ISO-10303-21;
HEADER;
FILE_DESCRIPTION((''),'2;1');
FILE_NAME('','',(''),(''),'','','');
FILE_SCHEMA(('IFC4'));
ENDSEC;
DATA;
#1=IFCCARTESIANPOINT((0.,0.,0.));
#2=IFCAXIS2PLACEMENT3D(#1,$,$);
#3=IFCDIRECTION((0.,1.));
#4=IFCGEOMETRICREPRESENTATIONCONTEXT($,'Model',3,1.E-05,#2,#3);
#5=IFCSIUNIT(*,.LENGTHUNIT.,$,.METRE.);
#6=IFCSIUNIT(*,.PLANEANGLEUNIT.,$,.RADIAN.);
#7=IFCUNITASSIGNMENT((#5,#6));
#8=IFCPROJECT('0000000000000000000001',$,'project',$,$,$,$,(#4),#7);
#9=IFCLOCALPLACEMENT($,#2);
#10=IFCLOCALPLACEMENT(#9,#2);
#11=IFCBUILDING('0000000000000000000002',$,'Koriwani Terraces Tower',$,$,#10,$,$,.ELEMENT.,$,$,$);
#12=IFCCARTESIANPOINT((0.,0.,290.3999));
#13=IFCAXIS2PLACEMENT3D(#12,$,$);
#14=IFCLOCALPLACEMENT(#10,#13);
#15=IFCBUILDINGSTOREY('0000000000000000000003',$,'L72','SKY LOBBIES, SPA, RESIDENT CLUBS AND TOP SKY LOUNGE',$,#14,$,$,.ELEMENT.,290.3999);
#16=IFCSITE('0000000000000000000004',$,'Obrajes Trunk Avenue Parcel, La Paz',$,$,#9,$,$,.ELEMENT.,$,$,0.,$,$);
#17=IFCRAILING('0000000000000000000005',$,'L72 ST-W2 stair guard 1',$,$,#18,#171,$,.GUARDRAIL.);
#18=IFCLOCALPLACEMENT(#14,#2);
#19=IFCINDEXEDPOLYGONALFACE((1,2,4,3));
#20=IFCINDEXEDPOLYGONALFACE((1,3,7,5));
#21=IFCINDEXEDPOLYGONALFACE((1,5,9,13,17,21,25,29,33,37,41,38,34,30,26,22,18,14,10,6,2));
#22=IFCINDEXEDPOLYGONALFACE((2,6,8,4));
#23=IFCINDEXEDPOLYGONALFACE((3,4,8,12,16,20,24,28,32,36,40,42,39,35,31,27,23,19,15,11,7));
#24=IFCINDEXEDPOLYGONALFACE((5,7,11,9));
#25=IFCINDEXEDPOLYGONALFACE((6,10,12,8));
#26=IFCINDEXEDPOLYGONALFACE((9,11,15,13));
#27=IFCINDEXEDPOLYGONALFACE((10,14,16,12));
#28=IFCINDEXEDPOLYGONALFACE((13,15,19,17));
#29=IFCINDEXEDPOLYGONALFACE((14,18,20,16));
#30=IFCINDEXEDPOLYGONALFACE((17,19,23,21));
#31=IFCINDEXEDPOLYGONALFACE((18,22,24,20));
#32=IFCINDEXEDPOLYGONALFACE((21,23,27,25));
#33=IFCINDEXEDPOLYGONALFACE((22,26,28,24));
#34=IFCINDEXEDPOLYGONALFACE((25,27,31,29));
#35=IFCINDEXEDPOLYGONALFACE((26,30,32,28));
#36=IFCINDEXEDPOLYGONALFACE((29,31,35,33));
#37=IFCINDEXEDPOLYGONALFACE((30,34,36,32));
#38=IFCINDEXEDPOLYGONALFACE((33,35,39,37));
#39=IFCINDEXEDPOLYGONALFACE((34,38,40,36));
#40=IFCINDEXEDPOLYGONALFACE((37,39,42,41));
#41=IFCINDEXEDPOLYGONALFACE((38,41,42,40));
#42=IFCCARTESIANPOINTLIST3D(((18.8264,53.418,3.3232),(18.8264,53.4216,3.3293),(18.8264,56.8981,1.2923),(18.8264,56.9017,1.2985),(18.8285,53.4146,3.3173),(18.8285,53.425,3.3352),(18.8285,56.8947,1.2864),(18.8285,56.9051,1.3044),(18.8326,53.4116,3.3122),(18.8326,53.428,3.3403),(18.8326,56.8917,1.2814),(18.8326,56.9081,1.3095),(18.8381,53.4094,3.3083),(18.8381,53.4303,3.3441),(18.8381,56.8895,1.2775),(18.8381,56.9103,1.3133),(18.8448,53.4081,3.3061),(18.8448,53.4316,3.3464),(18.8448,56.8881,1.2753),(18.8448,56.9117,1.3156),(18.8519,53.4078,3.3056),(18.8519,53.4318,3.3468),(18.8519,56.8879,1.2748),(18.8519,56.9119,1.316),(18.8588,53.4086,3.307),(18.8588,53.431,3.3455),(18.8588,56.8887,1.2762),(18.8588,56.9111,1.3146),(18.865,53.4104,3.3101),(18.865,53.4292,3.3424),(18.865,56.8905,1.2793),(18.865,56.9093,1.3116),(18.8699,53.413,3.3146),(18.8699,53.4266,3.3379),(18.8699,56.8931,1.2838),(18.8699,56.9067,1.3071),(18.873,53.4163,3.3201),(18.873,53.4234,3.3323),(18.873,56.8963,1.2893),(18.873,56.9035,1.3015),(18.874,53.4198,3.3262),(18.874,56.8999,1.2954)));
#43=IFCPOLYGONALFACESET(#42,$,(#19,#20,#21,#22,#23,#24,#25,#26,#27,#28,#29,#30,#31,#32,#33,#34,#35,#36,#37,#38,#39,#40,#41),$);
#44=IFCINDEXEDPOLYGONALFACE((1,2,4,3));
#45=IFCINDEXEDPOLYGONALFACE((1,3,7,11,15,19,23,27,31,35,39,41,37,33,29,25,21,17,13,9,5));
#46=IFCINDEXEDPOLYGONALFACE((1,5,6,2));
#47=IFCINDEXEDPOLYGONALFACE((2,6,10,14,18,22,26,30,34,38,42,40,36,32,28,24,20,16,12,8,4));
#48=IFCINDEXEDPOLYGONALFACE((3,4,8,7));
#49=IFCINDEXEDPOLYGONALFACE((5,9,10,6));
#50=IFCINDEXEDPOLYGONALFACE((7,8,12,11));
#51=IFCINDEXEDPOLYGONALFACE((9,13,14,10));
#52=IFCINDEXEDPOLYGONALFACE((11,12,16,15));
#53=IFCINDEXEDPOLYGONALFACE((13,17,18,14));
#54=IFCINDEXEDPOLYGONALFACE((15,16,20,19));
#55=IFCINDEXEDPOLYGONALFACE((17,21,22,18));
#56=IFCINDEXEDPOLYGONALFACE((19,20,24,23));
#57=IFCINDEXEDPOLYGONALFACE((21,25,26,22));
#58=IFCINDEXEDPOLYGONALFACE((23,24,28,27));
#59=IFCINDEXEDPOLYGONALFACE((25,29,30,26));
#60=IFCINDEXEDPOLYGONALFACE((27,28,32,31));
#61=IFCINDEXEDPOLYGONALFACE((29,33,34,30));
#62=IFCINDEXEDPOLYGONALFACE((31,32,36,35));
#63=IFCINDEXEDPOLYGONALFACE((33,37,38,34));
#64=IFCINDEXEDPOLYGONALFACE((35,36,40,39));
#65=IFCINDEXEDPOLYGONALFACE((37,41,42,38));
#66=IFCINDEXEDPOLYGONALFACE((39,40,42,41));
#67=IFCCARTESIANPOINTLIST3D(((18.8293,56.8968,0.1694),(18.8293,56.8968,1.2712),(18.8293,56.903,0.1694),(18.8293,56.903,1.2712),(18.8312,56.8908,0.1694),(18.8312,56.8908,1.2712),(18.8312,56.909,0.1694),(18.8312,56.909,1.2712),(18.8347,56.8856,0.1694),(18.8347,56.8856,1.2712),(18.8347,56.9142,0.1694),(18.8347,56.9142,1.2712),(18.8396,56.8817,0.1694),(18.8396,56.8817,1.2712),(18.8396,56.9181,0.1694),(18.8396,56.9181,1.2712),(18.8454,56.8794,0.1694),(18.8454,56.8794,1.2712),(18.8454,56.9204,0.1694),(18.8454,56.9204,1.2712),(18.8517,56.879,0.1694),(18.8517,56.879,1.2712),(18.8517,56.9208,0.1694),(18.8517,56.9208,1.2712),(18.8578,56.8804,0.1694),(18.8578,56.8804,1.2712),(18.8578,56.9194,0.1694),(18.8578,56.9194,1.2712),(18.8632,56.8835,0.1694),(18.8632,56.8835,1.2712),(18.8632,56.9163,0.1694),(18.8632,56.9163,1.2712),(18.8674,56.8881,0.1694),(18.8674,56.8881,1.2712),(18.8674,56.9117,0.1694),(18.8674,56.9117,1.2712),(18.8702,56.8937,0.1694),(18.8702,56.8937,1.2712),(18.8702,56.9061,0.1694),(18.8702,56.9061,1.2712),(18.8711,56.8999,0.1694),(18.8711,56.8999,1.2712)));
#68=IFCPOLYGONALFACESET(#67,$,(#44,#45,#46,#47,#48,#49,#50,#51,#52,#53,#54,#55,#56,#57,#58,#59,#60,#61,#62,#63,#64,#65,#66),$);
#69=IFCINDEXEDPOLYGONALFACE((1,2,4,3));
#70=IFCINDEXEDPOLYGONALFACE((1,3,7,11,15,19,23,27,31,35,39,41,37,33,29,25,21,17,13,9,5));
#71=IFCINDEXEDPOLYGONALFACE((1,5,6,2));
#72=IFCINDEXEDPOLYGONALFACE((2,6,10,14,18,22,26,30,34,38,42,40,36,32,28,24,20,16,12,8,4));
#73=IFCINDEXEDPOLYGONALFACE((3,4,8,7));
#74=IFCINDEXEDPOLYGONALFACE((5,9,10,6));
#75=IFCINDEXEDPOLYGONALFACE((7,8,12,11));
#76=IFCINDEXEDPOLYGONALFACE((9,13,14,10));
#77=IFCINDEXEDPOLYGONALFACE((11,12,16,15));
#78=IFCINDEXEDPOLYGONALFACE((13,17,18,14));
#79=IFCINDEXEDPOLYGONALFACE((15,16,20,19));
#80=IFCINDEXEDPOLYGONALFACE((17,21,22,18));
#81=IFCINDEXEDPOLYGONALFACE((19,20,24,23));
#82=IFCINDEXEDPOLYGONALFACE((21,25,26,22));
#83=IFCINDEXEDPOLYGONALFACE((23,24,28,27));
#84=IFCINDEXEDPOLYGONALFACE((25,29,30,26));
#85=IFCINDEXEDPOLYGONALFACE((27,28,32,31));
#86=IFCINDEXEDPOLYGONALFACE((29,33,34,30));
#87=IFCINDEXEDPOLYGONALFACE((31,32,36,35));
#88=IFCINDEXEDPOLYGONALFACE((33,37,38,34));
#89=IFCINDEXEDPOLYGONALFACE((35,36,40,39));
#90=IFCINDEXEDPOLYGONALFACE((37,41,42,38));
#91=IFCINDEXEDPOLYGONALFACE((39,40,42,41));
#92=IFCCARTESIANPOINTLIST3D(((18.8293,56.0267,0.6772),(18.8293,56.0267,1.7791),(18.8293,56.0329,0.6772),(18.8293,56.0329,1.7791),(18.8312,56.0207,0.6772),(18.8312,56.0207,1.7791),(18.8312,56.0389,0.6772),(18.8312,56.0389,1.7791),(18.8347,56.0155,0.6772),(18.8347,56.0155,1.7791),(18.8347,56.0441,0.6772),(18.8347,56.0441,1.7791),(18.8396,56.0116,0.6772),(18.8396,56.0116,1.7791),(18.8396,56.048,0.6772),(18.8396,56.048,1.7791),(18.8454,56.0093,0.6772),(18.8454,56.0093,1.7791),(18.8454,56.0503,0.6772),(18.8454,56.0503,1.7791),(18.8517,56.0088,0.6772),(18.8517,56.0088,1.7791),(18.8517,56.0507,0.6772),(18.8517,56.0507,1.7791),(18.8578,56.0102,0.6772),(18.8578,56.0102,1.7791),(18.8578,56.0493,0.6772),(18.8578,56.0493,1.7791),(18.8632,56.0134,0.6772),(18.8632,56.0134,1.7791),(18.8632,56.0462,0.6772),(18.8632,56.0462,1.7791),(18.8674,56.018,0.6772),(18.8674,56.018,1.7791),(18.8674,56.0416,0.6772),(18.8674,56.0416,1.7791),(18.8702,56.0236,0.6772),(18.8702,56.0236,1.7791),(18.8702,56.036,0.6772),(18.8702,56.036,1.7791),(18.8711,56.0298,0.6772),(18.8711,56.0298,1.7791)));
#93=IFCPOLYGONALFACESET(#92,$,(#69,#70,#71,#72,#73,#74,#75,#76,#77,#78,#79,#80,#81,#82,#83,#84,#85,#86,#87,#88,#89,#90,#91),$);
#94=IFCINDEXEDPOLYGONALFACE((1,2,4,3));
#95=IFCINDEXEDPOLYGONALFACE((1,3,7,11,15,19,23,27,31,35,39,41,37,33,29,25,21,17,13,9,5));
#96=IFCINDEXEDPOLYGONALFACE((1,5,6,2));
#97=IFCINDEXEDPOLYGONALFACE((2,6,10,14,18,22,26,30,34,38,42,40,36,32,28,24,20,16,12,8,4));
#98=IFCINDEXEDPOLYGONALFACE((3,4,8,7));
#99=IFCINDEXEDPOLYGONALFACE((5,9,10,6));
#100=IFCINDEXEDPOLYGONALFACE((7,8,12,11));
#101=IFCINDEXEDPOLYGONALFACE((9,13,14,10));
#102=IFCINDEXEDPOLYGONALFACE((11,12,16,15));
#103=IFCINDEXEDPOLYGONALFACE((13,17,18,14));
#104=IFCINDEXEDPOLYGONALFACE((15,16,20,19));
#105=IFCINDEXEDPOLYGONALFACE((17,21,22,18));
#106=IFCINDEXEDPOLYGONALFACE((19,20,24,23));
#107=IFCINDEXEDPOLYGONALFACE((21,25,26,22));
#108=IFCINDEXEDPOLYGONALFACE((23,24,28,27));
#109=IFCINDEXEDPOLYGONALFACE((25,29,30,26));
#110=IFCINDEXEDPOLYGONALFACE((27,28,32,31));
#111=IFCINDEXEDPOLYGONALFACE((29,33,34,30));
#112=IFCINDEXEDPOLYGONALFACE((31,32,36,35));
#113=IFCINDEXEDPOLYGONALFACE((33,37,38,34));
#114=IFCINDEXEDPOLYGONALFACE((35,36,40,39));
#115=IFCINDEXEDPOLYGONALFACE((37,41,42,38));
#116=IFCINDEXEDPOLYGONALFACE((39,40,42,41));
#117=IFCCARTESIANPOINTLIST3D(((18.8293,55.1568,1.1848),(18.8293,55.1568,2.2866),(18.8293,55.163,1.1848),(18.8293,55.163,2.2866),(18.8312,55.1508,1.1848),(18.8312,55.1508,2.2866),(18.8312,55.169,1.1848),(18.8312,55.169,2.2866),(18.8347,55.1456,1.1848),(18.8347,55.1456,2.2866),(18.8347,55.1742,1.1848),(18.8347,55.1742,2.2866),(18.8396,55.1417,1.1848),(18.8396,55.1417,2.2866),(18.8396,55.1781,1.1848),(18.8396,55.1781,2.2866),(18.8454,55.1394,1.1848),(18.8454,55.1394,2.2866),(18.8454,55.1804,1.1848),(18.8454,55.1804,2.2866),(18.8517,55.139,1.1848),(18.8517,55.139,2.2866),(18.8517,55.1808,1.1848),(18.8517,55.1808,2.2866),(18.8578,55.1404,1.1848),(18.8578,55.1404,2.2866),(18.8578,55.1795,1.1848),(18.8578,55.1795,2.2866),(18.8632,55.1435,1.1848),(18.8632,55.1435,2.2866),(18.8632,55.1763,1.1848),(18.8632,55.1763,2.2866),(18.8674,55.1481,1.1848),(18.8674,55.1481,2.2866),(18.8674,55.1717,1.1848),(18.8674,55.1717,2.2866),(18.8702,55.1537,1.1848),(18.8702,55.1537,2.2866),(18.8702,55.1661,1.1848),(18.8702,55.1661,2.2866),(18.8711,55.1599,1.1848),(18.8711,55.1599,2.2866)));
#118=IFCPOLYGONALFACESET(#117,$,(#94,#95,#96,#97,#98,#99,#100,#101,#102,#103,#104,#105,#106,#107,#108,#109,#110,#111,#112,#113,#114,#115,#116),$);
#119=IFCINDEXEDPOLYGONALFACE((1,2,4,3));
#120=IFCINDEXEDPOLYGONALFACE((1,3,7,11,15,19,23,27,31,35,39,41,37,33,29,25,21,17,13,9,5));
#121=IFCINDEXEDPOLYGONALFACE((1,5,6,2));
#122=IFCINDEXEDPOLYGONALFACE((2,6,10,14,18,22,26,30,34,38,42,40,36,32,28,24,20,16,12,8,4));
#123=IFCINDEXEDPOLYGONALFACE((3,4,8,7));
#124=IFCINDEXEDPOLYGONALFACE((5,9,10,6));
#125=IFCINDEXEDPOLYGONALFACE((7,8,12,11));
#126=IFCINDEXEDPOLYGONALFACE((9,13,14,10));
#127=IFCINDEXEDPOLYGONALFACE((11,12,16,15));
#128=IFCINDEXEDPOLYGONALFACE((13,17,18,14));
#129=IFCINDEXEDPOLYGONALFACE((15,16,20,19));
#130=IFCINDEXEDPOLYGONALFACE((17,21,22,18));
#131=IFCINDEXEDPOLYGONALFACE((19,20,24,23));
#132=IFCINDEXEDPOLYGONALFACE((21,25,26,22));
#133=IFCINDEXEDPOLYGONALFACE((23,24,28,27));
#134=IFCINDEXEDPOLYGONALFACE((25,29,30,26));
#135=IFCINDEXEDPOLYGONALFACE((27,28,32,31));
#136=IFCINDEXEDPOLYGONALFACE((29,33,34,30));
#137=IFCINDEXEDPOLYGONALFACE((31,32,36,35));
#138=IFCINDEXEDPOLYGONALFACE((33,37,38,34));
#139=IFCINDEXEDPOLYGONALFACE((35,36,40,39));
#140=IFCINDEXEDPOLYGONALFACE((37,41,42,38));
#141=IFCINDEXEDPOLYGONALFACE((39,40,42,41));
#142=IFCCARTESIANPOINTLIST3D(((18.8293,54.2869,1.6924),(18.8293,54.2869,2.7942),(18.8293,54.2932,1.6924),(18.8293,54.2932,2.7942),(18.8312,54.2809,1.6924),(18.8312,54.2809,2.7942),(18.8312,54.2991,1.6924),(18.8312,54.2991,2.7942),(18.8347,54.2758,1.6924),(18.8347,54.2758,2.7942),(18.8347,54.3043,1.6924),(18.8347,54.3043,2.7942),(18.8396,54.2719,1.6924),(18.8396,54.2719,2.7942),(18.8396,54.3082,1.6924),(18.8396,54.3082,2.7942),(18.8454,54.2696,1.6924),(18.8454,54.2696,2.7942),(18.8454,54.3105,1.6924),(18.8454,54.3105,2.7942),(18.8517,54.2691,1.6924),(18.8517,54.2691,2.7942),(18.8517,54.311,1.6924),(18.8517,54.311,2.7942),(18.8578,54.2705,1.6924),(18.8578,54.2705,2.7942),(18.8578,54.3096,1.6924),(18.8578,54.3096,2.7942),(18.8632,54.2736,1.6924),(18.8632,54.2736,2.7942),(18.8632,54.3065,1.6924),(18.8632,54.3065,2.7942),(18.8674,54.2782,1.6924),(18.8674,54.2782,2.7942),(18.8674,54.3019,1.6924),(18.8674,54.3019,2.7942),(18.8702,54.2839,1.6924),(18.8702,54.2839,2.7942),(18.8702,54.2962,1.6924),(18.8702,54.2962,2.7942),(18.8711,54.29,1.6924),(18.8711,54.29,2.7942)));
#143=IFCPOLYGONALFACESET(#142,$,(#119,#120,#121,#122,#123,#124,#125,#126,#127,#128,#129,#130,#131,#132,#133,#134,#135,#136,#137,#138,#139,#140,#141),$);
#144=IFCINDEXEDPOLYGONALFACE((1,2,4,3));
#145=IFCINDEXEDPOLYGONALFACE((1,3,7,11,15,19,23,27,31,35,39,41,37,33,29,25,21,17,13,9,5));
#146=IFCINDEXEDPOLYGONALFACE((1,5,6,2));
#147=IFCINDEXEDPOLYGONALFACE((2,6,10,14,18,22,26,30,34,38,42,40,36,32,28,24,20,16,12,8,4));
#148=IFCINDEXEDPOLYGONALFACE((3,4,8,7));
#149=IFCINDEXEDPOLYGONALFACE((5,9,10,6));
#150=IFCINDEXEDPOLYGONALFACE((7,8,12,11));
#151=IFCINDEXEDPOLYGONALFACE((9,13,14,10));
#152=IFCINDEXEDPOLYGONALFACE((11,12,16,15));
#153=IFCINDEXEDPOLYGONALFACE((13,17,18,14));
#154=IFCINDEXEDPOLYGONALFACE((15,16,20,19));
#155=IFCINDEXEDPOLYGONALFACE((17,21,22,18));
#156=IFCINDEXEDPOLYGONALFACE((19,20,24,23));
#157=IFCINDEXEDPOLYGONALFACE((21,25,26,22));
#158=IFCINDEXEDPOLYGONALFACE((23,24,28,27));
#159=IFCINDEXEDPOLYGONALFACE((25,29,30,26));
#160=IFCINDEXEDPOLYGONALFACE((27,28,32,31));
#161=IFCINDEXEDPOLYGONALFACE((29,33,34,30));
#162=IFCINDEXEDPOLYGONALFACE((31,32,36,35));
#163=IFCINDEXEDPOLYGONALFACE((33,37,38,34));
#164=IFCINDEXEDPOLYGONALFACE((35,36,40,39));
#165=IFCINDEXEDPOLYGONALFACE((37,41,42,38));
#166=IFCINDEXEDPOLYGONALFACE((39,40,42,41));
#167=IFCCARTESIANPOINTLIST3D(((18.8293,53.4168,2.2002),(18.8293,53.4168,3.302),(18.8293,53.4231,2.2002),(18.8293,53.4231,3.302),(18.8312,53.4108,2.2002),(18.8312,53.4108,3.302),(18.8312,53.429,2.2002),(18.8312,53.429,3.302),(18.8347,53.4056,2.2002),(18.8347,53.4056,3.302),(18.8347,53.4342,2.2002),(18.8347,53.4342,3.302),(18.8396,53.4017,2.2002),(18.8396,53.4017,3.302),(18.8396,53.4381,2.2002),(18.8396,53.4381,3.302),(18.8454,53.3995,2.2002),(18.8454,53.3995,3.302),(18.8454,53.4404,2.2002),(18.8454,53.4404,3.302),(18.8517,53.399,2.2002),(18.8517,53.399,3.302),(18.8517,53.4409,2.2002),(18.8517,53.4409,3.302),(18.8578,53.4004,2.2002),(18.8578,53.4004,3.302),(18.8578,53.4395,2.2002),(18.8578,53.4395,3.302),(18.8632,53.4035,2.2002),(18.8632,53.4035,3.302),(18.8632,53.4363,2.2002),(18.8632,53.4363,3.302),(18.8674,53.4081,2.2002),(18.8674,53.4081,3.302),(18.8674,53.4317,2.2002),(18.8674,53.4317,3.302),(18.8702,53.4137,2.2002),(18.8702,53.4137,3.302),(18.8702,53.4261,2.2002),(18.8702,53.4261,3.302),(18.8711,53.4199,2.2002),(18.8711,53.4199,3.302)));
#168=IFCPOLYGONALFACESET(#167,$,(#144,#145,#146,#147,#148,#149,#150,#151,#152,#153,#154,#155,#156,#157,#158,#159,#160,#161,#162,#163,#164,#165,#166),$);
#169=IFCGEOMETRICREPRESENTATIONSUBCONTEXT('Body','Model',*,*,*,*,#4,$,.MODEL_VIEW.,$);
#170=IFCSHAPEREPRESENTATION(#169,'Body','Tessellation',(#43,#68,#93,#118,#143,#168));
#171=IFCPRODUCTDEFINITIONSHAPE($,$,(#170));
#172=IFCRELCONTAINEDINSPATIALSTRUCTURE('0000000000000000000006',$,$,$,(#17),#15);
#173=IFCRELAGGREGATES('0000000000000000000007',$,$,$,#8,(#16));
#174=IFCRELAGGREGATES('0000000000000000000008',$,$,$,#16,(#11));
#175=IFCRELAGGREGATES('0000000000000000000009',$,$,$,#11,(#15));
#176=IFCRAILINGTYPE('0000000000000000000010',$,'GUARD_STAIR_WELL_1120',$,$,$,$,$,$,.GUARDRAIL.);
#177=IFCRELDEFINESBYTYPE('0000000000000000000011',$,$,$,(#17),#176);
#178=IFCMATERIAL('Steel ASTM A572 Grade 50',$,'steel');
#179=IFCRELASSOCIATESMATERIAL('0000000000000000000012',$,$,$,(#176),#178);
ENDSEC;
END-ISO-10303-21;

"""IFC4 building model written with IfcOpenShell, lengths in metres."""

from ifc_helpers import new_model, si_unit, direction, frame, origin, origin_2d, place, context, subcontext, project, spatial, circle, extrude, material, type_object, element, save


model = new_model("IFC4")

# Units and contexts
model_context = context("Model", 3, precision=1e-05, world=origin(), true_north=direction((0.0, 1.0)))
body_context = subcontext(model_context, "Body", "Model", "MODEL_VIEW")
ifc_project = project(units=[si_unit("LENGTHUNIT", "METRE"), si_unit("PLANEANGLEUNIT", "RADIAN")], contexts=[model_context])

# Site, building, storey
site_placement = place(None, origin())
site = spatial("IfcSite", under=ifc_project, at=site_placement, Name="Obrajes Trunk Avenue Parcel, La Paz", CompositionType="ELEMENT", RefElevation=0.0)
building_placement = place(site_placement, origin())
building = spatial("IfcBuilding", under=site, at=building_placement, Name="Koriwani Terraces Tower", CompositionType="ELEMENT")
storey_placement = place(building_placement, frame((0.0, 0.0, 290.3999)))
storey = spatial("IfcBuildingStorey", under=building, at=storey_placement, Name="L72", Description="SKY LOBBIES, SPA, RESIDENT CLUBS AND TOP SKY LOUNGE", CompositionType="ELEMENT", Elevation=290.3999)

# Railing
ifc_material_1 = material(Name="Steel ASTM A572 Grade 50", Category="steel")
railing_type_1 = type_object("IfcRailingType", Name="GUARD_STAIR_WELL_1120", PredefinedType="GUARDRAIL", material=ifc_material_1)
railing_1_placement = place(storey_placement, frame((18.8501, 56.8999, 0.1694)))
element("IfcRailing", 1, at=railing_1_placement, inside=storey, type_object=railing_type_1, Name="L72 ST-W2 stair guard 1", PredefinedType="GUARDRAIL", context=body_context, shape_type="SweptSolid", body=[
    extrude(circle(Radius=0.0239, at=origin_2d()), frame((0.0, 0.0, 1.126), z_axis=(0.0, -0.863695, 0.504014), x_axis=(1.0, 0.0, 0.0)), (0.0, 0.0, 1.0), 4.0293),
    extrude(circle(Radius=0.021, at=origin_2d()), origin(), (0.0, 0.0, 1.0), 1.1018),
    extrude(circle(Radius=0.021, at=origin_2d()), frame((0.0, -0.8701, 0.5078)), (0.0, 0.0, 1.0), 1.1018),
    extrude(circle(Radius=0.021, at=origin_2d()), frame((0.0, -1.74, 1.0154)), (0.0, 0.0, 1.0), 1.1018),
    extrude(circle(Radius=0.021, at=origin_2d()), frame((0.0, -2.6099, 1.5229)), (0.0, 0.0, 1.0), 1.1018),
    extrude(circle(Radius=0.021, at=origin_2d()), frame((0.0, -3.48, 2.0308)), (0.0, 0.0, 1.0), 1.1018),
])

save(model, "model.ifc")
